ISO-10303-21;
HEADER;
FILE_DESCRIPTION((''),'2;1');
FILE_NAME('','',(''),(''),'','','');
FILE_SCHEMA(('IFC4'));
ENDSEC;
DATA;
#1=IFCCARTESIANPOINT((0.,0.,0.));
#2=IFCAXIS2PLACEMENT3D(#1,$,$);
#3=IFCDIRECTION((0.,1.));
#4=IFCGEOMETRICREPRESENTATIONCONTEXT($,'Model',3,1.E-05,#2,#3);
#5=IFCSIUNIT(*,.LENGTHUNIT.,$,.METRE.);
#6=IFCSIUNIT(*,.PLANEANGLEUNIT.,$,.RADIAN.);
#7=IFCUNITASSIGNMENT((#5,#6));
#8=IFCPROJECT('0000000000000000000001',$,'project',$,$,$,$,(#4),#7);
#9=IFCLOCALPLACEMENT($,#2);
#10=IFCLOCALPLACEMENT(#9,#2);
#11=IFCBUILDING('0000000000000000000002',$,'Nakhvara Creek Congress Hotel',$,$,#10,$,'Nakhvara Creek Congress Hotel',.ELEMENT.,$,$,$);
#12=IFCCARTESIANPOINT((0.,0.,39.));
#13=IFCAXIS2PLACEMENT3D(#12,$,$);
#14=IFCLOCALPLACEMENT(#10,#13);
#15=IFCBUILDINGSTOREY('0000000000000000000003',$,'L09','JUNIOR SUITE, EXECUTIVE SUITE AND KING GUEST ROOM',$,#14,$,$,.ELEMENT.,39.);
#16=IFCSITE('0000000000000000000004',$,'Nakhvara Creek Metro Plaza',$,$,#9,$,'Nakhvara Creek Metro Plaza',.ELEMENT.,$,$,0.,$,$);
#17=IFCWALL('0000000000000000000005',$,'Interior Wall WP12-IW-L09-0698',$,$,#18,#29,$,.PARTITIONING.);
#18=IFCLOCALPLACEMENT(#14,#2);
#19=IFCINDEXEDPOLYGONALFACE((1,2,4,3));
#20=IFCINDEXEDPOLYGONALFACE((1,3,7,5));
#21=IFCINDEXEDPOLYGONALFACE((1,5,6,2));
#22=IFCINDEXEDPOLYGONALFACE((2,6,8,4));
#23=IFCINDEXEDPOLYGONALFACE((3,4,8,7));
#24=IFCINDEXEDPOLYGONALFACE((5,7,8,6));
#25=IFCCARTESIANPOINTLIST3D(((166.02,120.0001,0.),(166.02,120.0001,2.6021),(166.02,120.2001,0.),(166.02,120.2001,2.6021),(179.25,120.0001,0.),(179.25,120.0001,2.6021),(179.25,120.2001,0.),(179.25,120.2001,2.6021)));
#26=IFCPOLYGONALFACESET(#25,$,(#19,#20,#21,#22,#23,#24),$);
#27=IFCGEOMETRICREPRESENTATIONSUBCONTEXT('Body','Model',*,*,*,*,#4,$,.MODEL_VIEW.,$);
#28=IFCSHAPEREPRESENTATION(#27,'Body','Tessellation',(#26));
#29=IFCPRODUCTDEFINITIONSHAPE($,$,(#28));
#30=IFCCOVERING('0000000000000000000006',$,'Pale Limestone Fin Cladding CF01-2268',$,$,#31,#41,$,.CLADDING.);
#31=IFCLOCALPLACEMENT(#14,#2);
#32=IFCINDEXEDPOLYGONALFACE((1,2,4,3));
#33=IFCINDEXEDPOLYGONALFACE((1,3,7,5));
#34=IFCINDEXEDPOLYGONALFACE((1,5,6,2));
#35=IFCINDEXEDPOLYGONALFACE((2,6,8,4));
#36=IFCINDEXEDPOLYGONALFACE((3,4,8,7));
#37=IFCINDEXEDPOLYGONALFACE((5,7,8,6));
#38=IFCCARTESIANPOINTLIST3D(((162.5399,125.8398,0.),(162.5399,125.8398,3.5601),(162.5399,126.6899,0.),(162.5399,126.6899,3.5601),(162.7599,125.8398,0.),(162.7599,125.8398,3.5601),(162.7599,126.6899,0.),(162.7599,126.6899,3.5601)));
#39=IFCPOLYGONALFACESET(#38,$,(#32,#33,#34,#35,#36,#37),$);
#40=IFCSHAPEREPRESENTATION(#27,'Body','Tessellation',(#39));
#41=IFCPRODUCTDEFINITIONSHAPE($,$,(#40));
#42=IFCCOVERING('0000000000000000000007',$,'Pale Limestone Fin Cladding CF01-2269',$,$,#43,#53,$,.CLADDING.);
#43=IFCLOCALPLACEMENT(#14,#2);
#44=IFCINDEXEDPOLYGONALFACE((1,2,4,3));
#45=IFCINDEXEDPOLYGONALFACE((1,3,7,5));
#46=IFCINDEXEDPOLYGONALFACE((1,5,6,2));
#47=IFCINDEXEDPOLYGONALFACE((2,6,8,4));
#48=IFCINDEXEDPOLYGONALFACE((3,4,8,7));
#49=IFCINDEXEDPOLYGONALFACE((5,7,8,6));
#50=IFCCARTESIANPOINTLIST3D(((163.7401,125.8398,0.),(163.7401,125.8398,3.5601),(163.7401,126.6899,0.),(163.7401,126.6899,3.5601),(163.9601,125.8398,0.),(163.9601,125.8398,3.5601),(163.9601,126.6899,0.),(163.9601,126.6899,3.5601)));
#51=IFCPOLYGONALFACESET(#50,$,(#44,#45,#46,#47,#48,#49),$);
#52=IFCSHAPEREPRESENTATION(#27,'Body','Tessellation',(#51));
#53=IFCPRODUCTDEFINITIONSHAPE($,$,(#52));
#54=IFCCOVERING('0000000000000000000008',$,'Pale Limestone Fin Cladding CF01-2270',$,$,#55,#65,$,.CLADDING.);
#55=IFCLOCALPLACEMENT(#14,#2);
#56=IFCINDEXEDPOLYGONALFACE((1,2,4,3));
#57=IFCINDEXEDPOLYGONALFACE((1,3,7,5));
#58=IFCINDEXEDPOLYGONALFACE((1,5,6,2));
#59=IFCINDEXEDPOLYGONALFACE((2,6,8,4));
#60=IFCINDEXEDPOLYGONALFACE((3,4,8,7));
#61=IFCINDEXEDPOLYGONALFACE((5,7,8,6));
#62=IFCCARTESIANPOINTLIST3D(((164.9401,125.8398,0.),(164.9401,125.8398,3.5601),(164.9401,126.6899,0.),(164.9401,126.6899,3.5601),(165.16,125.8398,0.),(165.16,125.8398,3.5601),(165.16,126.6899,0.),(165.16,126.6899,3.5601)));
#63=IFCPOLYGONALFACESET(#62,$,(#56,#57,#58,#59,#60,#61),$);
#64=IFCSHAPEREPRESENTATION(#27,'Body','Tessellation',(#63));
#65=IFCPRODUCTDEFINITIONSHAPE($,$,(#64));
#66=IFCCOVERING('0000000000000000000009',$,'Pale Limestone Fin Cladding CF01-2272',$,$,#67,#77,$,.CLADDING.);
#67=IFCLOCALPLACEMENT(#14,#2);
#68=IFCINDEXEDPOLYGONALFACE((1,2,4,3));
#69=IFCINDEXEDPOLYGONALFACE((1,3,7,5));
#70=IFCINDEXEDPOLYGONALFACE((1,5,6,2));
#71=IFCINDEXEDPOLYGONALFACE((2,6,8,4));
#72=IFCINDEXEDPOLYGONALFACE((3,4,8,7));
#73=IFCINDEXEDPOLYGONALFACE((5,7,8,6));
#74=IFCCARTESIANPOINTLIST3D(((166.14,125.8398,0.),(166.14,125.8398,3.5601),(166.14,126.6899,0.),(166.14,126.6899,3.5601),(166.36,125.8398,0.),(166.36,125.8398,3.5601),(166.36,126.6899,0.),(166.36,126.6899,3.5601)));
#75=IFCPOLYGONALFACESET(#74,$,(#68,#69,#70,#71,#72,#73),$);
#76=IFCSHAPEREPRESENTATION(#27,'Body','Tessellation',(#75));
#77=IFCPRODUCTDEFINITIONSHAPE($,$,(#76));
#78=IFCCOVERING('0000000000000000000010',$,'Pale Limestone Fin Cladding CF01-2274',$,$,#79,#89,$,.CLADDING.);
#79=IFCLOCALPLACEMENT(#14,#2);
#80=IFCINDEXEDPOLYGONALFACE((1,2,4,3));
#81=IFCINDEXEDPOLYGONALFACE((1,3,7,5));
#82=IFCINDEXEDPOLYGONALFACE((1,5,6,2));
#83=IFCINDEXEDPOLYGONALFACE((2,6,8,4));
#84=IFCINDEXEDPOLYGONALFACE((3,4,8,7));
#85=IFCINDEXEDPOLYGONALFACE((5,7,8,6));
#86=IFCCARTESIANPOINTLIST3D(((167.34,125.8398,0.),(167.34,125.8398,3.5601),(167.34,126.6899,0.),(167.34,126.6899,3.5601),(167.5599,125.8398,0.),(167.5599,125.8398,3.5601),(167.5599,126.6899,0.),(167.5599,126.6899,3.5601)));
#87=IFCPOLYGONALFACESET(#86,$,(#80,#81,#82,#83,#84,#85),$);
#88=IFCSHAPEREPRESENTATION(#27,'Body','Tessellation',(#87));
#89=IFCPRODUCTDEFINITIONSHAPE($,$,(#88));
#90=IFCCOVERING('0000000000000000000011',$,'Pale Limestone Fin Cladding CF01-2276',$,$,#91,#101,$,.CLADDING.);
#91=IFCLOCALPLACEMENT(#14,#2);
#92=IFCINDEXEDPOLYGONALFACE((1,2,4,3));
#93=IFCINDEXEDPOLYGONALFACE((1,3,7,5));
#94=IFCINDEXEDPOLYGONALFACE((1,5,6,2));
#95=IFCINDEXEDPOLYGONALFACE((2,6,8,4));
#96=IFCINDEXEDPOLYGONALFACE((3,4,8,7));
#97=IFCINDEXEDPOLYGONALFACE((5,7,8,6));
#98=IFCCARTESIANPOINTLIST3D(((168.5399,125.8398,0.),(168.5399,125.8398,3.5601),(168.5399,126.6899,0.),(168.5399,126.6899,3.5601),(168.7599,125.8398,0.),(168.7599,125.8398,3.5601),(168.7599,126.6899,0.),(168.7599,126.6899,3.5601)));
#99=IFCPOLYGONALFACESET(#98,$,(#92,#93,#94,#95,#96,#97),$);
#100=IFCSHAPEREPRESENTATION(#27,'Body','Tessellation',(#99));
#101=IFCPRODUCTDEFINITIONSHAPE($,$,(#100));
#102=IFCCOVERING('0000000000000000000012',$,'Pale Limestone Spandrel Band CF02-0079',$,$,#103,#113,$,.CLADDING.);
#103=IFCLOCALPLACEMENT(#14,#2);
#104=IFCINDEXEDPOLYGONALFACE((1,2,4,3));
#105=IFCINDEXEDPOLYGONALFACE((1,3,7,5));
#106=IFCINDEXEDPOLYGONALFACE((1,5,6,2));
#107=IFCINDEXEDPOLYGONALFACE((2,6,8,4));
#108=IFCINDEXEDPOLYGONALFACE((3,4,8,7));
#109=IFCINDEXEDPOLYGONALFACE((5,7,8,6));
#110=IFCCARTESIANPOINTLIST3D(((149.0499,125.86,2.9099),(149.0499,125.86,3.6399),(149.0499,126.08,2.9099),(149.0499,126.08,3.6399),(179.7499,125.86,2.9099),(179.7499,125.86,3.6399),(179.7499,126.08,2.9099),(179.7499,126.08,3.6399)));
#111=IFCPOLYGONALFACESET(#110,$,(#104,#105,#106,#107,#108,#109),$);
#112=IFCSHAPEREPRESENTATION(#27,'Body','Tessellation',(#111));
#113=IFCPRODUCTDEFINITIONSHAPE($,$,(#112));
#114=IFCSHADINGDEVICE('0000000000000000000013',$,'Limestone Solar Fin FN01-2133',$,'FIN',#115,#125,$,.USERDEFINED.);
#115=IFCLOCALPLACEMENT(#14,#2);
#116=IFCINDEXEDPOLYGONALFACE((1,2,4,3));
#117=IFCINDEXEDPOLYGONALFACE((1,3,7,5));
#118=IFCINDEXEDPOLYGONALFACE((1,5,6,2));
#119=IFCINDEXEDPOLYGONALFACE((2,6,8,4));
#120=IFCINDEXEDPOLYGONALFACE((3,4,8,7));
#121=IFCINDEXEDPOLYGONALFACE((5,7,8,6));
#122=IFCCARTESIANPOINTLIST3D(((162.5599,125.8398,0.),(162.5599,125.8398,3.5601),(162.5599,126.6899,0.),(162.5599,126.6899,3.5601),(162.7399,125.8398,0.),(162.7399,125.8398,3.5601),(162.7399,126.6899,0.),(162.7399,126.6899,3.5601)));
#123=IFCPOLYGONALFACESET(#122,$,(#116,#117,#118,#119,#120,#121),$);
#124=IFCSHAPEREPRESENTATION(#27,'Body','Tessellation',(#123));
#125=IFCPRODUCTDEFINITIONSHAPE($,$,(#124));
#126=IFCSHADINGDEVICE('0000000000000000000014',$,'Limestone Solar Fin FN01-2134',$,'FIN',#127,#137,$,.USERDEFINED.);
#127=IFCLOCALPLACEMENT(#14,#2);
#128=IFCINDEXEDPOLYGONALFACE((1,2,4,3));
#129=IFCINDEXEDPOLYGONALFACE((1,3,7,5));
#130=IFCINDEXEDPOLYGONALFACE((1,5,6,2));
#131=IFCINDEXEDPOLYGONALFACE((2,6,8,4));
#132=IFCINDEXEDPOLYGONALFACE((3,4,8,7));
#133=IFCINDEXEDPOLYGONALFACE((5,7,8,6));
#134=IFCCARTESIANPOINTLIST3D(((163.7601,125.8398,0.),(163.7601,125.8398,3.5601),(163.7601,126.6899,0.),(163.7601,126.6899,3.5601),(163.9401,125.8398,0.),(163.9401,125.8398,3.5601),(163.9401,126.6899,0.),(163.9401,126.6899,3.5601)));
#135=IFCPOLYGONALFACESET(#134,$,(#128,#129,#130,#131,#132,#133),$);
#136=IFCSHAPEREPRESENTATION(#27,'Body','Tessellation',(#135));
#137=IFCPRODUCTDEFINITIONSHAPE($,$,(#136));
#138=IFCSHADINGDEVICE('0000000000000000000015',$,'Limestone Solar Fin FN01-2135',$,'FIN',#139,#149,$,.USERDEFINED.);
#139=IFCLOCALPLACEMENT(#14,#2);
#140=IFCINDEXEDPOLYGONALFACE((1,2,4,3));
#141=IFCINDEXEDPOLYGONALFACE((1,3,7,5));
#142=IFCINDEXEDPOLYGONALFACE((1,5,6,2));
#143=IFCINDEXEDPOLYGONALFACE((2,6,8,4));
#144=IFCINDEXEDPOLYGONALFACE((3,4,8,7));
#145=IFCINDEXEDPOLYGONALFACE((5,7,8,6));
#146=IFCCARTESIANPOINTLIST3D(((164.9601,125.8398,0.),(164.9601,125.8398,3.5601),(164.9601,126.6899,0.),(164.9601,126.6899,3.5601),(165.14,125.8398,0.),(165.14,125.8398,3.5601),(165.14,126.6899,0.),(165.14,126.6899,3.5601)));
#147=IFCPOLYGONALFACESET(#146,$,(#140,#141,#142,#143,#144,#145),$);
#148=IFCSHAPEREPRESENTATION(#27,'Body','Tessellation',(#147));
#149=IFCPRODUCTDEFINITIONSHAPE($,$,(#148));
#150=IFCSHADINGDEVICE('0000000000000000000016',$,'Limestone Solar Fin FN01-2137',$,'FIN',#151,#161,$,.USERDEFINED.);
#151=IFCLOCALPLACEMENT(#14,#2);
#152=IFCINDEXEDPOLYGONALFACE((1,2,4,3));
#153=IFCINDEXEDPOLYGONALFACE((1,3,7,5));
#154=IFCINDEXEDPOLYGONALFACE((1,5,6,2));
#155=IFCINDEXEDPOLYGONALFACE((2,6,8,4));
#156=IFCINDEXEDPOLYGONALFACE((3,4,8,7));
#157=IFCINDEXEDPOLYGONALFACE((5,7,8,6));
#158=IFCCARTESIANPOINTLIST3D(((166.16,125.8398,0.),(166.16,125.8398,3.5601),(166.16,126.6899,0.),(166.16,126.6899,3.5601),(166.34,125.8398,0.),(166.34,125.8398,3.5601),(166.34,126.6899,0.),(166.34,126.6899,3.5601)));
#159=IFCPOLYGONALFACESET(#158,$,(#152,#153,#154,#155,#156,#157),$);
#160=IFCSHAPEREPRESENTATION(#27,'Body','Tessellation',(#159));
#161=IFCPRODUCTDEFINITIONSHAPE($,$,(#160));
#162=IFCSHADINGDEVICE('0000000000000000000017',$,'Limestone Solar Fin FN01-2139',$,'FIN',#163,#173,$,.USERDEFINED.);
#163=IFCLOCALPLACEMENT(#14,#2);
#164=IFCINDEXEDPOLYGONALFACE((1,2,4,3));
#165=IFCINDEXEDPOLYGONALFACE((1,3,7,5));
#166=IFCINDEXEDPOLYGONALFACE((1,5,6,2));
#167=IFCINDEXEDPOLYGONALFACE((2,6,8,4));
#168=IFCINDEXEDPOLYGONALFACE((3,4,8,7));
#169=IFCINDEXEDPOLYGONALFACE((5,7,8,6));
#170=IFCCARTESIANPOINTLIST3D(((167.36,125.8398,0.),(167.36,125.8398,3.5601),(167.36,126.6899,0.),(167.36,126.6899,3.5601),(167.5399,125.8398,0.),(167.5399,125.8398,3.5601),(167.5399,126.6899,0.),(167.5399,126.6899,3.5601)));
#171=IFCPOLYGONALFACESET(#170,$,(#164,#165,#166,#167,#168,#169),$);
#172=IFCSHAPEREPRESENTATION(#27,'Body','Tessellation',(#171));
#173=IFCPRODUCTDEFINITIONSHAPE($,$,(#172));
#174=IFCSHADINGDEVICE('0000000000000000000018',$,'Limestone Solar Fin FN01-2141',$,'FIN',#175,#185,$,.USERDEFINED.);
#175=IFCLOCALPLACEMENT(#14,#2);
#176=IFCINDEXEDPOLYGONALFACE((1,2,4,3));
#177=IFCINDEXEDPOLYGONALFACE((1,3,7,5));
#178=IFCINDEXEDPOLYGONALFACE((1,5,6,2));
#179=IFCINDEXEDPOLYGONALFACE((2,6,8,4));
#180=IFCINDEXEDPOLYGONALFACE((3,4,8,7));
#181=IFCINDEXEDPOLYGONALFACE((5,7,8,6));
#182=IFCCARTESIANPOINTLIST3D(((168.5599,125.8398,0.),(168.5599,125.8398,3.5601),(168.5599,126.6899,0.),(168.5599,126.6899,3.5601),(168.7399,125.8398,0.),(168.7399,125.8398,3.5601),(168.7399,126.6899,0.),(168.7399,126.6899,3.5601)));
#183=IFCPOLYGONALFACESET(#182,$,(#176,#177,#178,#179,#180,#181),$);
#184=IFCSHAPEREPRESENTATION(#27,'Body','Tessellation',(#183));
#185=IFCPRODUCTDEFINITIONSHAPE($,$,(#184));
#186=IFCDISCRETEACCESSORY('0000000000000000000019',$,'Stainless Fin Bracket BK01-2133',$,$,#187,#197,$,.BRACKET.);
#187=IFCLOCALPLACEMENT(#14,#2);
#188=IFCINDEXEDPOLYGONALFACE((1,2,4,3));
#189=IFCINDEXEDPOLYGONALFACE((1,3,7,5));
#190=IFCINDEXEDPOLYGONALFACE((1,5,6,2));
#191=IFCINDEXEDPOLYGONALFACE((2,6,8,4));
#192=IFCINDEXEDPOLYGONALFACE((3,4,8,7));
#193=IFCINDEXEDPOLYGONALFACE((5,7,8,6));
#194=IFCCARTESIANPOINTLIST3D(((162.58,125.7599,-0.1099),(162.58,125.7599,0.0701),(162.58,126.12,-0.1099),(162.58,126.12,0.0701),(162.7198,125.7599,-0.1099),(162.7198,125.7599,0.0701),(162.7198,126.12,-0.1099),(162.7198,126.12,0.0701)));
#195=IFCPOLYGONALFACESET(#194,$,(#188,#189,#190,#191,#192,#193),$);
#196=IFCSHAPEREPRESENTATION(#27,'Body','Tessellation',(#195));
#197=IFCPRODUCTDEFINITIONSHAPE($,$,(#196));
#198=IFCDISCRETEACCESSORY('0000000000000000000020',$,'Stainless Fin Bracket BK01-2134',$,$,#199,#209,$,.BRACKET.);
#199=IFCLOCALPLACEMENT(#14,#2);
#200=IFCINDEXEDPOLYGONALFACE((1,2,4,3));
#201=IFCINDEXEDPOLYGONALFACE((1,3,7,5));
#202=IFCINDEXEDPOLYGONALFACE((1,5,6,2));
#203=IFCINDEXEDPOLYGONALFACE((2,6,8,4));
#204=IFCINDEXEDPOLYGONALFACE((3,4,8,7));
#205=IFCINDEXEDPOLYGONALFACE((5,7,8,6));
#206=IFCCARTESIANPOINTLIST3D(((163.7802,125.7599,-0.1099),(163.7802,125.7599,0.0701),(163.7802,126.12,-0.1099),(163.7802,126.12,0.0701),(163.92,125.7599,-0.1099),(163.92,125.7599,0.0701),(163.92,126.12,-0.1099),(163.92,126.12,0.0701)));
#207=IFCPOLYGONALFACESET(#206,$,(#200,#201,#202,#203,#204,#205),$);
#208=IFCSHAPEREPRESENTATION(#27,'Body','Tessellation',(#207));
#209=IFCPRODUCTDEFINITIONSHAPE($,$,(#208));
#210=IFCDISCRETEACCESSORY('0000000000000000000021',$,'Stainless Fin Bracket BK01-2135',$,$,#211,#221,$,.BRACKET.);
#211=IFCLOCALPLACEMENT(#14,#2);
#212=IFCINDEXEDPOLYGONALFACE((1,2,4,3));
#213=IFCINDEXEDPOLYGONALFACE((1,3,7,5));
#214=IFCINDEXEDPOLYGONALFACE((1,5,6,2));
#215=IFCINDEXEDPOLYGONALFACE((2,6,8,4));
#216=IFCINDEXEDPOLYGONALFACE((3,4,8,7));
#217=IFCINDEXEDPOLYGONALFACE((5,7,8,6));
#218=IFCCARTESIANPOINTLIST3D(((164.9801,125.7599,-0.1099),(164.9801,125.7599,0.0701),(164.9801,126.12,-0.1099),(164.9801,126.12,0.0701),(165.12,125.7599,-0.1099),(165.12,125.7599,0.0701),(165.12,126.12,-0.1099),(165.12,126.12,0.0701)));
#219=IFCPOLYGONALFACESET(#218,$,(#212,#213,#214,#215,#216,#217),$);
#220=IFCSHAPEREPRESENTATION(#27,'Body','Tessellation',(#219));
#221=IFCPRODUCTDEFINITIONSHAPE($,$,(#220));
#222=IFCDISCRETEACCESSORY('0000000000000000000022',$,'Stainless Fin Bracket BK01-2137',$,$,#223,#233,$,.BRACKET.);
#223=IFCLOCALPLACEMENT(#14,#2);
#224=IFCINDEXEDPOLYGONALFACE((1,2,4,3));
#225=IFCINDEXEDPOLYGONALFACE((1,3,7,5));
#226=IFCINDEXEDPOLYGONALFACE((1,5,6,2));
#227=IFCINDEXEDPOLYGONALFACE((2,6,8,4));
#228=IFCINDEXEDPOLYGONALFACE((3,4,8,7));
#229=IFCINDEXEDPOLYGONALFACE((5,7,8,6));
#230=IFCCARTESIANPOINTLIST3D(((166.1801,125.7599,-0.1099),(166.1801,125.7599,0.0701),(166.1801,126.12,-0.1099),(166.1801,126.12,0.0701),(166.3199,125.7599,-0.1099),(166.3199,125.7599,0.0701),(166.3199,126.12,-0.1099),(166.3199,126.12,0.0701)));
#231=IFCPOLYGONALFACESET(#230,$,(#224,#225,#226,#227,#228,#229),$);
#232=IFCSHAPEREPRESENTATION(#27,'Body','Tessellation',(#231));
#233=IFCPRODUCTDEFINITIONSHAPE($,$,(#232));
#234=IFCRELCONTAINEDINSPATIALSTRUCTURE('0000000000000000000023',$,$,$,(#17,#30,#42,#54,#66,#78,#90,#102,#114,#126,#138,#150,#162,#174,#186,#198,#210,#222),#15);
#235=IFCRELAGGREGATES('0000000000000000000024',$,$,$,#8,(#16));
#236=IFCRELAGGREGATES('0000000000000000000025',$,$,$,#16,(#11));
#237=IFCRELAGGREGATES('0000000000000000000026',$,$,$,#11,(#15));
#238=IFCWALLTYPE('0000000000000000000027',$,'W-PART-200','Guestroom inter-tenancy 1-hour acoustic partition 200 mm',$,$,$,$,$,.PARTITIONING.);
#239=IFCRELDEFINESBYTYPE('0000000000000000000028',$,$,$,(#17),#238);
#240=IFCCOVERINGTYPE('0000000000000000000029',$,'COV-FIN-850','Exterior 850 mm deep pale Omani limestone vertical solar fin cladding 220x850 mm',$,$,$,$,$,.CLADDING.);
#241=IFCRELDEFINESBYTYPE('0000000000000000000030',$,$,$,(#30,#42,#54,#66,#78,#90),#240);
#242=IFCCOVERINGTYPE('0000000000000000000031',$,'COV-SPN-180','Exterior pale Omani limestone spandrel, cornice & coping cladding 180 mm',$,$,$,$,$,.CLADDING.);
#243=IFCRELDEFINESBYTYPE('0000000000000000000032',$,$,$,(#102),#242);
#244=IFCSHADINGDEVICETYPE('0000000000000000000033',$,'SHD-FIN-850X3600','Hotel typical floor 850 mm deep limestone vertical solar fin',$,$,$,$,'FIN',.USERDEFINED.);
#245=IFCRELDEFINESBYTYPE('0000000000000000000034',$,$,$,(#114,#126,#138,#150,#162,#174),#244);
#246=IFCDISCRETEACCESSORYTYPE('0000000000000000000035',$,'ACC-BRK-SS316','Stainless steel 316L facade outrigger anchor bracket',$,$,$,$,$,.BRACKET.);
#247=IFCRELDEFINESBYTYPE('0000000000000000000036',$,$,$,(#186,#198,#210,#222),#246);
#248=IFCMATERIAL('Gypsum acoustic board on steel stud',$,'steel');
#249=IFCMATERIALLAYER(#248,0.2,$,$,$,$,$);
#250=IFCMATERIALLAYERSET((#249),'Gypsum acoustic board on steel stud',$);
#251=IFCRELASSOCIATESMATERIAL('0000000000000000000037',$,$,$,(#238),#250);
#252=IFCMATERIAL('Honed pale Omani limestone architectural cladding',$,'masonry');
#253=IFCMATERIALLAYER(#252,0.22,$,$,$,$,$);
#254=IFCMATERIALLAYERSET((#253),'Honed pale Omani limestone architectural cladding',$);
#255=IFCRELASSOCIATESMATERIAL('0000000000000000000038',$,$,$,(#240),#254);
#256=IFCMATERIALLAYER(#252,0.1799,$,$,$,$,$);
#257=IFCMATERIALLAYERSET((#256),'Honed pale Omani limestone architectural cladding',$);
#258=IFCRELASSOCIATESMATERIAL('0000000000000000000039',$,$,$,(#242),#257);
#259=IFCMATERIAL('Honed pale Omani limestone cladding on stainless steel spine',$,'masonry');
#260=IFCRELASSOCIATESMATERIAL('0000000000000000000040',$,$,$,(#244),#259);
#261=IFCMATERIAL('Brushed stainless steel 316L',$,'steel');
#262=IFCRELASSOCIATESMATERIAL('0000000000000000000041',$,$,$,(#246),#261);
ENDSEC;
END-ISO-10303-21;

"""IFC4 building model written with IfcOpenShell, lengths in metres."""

from ifc_helpers import new_model, si_unit, direction, frame, frame_2d, origin, origin_2d, place, context, subcontext, project, spatial, rectangle, extrude, material, layer, layer_set, type_object, element, save


model = new_model("IFC4")

# Units and contexts
model_context = context("Model", 3, precision=1e-05, world=origin(), true_north=direction((0.0, 1.0)))
body_context = subcontext(model_context, "Body", "Model", "MODEL_VIEW")
ifc_project = project(units=[si_unit("LENGTHUNIT", "METRE"), si_unit("PLANEANGLEUNIT", "RADIAN")], contexts=[model_context])

# Site, building, storey
site_placement = place(None, origin())
site = spatial("IfcSite", under=ifc_project, at=site_placement, Name="Nakhvara Creek Metro Plaza", LongName="Nakhvara Creek Metro Plaza", CompositionType="ELEMENT", RefElevation=0.0)
building_placement = place(site_placement, origin())
building = spatial("IfcBuilding", under=site, at=building_placement, Name="Nakhvara Creek Congress Hotel", LongName="Nakhvara Creek Congress Hotel", CompositionType="ELEMENT")
storey_placement = place(building_placement, frame((0.0, 0.0, 39.0)))
storey = spatial("IfcBuildingStorey", under=building, at=storey_placement, Name="L09", Description="JUNIOR SUITE, EXECUTIVE SUITE AND KING GUEST ROOM", CompositionType="ELEMENT", Elevation=39.0)

# Shared definitions
ifc_material_1 = material(Name="Gypsum acoustic board on steel stud", Category="steel")

# Wall
ifc_layer_1 = layer(ifc_material_1, 0.2)
ifc_layer_set_1 = layer_set([ifc_layer_1], Name="Gypsum acoustic board on steel stud")
wall_type_1 = type_object("IfcWallType", Name="W-PART-200", Description="Guestroom inter-tenancy 1-hour acoustic partition 200 mm", PredefinedType="PARTITIONING", material=ifc_layer_set_1)
for number, where, z_axis, x_axis, name in (
    (1, (166.02, 120.1001, 0.0), (0.0, 0.0, 1.0), (1.0, 0.0, 0.0), "Interior Wall WP12-IW-L09-0698"),
):
    element("IfcWall", number, at=place(storey_placement, frame(where, z_axis=z_axis, x_axis=x_axis)), inside=storey, type_object=wall_type_1, Name=name, PredefinedType="PARTITIONING", context=body_context, shape_type="SweptSolid", body=[
        extrude(rectangle(XDim=13.23, YDim=0.2, at=frame_2d((6.615, 0.0))), origin(), (0.0, 0.0, 1.0), 2.6021),
    ])

# Coverings
ifc_material_2 = material(Name="Honed pale Omani limestone architectural cladding", Category="masonry")
ifc_layer_2 = layer(ifc_material_2, 0.22)
ifc_layer_set_2 = layer_set([ifc_layer_2], Name="Honed pale Omani limestone architectural cladding")
covering_type_1 = type_object("IfcCoveringType", Name="COV-FIN-850", Description="Exterior 850 mm deep pale Omani limestone vertical solar fin cladding 220x850 mm", PredefinedType="CLADDING", material=ifc_layer_set_2)
for number, where, z_axis, x_axis, name in (
    (2, (162.6499, 126.2649, 0.0), (0.0, 0.0, 1.0), (1.0, 0.0, 0.0), "Pale Limestone Fin Cladding CF01-2268"),
    (3, (163.8501, 126.2649, 0.0), (0.0, 0.0, 1.0), (1.0, 0.0, 0.0), "Pale Limestone Fin Cladding CF01-2269"),
    (4, (165.05, 126.2649, 0.0), (0.0, 0.0, 1.0), (1.0, 0.0, 0.0), "Pale Limestone Fin Cladding CF01-2270"),
    (5, (166.25, 126.2649, 0.0), (0.0, 0.0, 1.0), (1.0, 0.0, 0.0), "Pale Limestone Fin Cladding CF01-2272"),
    (6, (167.45, 126.2649, 0.0), (0.0, 0.0, 1.0), (1.0, 0.0, 0.0), "Pale Limestone Fin Cladding CF01-2274"),
    (7, (168.6499, 126.2649, 0.0), (0.0, 0.0, 1.0), (1.0, 0.0, 0.0), "Pale Limestone Fin Cladding CF01-2276"),
):
    element("IfcCovering", number, at=place(storey_placement, frame(where, z_axis=z_axis, x_axis=x_axis)), inside=storey, type_object=covering_type_1, Name=name, PredefinedType="CLADDING", context=body_context, shape_type="SweptSolid", body=[
        extrude(rectangle(XDim=0.22, YDim=0.8501, at=origin_2d()), origin(), (0.0, 0.0, 1.0), 3.5601),
    ])
ifc_layer_3 = layer(ifc_material_2, 0.1799)
ifc_layer_set_3 = layer_set([ifc_layer_3], Name="Honed pale Omani limestone architectural cladding")
covering_type_2 = type_object("IfcCoveringType", Name="COV-SPN-180", Description="Exterior pale Omani limestone spandrel, cornice & coping cladding 180 mm", PredefinedType="CLADDING", material=ifc_layer_set_3)
covering_placement = place(storey_placement, frame((164.3999, 125.97, 2.9099), z_axis=(0.0, 0.0, 1.0), x_axis=(1.0, 0.0, 0.0)))
element("IfcCovering", 8, at=covering_placement, inside=storey, type_object=covering_type_2, Name="Pale Limestone Spandrel Band CF02-0079", PredefinedType="CLADDING", context=body_context, shape_type="SweptSolid", body=[
    extrude(rectangle(XDim=30.7, YDim=0.22, at=origin_2d()), origin(), (0.0, 0.0, 1.0), 0.73),
])

# Shading devices
ifc_material_3 = material(Name="Honed pale Omani limestone cladding on stainless steel spine", Category="masonry")
shading_device_type = type_object("IfcShadingDeviceType", Name="SHD-FIN-850X3600", Description="Hotel typical floor 850 mm deep limestone vertical solar fin", ElementType="FIN", PredefinedType="USERDEFINED", material=ifc_material_3)
for number, where, z_axis, x_axis, name in (
    (9, (162.6499, 126.2649, 0.0), (0.0, 0.0, 1.0), (1.0, 0.0, 0.0), "Limestone Solar Fin FN01-2133"),
    (10, (163.8501, 126.2649, 0.0), (0.0, 0.0, 1.0), (1.0, 0.0, 0.0), "Limestone Solar Fin FN01-2134"),
    (11, (165.05, 126.2649, 0.0), (0.0, 0.0, 1.0), (1.0, 0.0, 0.0), "Limestone Solar Fin FN01-2135"),
    (12, (166.25, 126.2649, 0.0), (0.0, 0.0, 1.0), (1.0, 0.0, 0.0), "Limestone Solar Fin FN01-2137"),
    (13, (167.45, 126.2649, 0.0), (0.0, 0.0, 1.0), (1.0, 0.0, 0.0), "Limestone Solar Fin FN01-2139"),
    (14, (168.6499, 126.2649, 0.0), (0.0, 0.0, 1.0), (1.0, 0.0, 0.0), "Limestone Solar Fin FN01-2141"),
):
    element("IfcShadingDevice", number, at=place(storey_placement, frame(where, z_axis=z_axis, x_axis=x_axis)), inside=storey, type_object=shading_device_type, Name=name, ObjectType="FIN", PredefinedType="USERDEFINED", context=body_context, shape_type="SweptSolid", body=[
        extrude(rectangle(XDim=0.1799, YDim=0.8501, at=origin_2d()), origin(), (0.0, 0.0, 1.0), 3.5601),
    ])

# Discrete accessories
ifc_material_4 = material(Name="Brushed stainless steel 316L", Category="steel")
discrete_accessory_type = type_object("IfcDiscreteAccessoryType", Name="ACC-BRK-SS316", Description="Stainless steel 316L facade outrigger anchor bracket", PredefinedType="BRACKET", material=ifc_material_4)
for number, where, z_axis, x_axis, name in (
    (15, (162.6499, 125.9399, -0.1099), (0.0, 0.0, 1.0), (1.0, 0.0, 0.0), "Stainless Fin Bracket BK01-2133"),
    (16, (163.8501, 125.9399, -0.1099), (0.0, 0.0, 1.0), (1.0, 0.0, 0.0), "Stainless Fin Bracket BK01-2134"),
    (17, (165.05, 125.9399, -0.1099), (0.0, 0.0, 1.0), (1.0, 0.0, 0.0), "Stainless Fin Bracket BK01-2135"),
    (18, (166.25, 125.9399, -0.1099), (0.0, 0.0, 1.0), (1.0, 0.0, 0.0), "Stainless Fin Bracket BK01-2137"),
):
    element("IfcDiscreteAccessory", number, at=place(storey_placement, frame(where, z_axis=z_axis, x_axis=x_axis)), inside=storey, type_object=discrete_accessory_type, Name=name, PredefinedType="BRACKET", context=body_context, shape_type="SweptSolid", body=[
        extrude(rectangle(XDim=0.1399, YDim=0.3601, at=origin_2d()), origin(), (0.0, 0.0, 1.0), 0.1799),
    ])

save(model, "model.ifc")
